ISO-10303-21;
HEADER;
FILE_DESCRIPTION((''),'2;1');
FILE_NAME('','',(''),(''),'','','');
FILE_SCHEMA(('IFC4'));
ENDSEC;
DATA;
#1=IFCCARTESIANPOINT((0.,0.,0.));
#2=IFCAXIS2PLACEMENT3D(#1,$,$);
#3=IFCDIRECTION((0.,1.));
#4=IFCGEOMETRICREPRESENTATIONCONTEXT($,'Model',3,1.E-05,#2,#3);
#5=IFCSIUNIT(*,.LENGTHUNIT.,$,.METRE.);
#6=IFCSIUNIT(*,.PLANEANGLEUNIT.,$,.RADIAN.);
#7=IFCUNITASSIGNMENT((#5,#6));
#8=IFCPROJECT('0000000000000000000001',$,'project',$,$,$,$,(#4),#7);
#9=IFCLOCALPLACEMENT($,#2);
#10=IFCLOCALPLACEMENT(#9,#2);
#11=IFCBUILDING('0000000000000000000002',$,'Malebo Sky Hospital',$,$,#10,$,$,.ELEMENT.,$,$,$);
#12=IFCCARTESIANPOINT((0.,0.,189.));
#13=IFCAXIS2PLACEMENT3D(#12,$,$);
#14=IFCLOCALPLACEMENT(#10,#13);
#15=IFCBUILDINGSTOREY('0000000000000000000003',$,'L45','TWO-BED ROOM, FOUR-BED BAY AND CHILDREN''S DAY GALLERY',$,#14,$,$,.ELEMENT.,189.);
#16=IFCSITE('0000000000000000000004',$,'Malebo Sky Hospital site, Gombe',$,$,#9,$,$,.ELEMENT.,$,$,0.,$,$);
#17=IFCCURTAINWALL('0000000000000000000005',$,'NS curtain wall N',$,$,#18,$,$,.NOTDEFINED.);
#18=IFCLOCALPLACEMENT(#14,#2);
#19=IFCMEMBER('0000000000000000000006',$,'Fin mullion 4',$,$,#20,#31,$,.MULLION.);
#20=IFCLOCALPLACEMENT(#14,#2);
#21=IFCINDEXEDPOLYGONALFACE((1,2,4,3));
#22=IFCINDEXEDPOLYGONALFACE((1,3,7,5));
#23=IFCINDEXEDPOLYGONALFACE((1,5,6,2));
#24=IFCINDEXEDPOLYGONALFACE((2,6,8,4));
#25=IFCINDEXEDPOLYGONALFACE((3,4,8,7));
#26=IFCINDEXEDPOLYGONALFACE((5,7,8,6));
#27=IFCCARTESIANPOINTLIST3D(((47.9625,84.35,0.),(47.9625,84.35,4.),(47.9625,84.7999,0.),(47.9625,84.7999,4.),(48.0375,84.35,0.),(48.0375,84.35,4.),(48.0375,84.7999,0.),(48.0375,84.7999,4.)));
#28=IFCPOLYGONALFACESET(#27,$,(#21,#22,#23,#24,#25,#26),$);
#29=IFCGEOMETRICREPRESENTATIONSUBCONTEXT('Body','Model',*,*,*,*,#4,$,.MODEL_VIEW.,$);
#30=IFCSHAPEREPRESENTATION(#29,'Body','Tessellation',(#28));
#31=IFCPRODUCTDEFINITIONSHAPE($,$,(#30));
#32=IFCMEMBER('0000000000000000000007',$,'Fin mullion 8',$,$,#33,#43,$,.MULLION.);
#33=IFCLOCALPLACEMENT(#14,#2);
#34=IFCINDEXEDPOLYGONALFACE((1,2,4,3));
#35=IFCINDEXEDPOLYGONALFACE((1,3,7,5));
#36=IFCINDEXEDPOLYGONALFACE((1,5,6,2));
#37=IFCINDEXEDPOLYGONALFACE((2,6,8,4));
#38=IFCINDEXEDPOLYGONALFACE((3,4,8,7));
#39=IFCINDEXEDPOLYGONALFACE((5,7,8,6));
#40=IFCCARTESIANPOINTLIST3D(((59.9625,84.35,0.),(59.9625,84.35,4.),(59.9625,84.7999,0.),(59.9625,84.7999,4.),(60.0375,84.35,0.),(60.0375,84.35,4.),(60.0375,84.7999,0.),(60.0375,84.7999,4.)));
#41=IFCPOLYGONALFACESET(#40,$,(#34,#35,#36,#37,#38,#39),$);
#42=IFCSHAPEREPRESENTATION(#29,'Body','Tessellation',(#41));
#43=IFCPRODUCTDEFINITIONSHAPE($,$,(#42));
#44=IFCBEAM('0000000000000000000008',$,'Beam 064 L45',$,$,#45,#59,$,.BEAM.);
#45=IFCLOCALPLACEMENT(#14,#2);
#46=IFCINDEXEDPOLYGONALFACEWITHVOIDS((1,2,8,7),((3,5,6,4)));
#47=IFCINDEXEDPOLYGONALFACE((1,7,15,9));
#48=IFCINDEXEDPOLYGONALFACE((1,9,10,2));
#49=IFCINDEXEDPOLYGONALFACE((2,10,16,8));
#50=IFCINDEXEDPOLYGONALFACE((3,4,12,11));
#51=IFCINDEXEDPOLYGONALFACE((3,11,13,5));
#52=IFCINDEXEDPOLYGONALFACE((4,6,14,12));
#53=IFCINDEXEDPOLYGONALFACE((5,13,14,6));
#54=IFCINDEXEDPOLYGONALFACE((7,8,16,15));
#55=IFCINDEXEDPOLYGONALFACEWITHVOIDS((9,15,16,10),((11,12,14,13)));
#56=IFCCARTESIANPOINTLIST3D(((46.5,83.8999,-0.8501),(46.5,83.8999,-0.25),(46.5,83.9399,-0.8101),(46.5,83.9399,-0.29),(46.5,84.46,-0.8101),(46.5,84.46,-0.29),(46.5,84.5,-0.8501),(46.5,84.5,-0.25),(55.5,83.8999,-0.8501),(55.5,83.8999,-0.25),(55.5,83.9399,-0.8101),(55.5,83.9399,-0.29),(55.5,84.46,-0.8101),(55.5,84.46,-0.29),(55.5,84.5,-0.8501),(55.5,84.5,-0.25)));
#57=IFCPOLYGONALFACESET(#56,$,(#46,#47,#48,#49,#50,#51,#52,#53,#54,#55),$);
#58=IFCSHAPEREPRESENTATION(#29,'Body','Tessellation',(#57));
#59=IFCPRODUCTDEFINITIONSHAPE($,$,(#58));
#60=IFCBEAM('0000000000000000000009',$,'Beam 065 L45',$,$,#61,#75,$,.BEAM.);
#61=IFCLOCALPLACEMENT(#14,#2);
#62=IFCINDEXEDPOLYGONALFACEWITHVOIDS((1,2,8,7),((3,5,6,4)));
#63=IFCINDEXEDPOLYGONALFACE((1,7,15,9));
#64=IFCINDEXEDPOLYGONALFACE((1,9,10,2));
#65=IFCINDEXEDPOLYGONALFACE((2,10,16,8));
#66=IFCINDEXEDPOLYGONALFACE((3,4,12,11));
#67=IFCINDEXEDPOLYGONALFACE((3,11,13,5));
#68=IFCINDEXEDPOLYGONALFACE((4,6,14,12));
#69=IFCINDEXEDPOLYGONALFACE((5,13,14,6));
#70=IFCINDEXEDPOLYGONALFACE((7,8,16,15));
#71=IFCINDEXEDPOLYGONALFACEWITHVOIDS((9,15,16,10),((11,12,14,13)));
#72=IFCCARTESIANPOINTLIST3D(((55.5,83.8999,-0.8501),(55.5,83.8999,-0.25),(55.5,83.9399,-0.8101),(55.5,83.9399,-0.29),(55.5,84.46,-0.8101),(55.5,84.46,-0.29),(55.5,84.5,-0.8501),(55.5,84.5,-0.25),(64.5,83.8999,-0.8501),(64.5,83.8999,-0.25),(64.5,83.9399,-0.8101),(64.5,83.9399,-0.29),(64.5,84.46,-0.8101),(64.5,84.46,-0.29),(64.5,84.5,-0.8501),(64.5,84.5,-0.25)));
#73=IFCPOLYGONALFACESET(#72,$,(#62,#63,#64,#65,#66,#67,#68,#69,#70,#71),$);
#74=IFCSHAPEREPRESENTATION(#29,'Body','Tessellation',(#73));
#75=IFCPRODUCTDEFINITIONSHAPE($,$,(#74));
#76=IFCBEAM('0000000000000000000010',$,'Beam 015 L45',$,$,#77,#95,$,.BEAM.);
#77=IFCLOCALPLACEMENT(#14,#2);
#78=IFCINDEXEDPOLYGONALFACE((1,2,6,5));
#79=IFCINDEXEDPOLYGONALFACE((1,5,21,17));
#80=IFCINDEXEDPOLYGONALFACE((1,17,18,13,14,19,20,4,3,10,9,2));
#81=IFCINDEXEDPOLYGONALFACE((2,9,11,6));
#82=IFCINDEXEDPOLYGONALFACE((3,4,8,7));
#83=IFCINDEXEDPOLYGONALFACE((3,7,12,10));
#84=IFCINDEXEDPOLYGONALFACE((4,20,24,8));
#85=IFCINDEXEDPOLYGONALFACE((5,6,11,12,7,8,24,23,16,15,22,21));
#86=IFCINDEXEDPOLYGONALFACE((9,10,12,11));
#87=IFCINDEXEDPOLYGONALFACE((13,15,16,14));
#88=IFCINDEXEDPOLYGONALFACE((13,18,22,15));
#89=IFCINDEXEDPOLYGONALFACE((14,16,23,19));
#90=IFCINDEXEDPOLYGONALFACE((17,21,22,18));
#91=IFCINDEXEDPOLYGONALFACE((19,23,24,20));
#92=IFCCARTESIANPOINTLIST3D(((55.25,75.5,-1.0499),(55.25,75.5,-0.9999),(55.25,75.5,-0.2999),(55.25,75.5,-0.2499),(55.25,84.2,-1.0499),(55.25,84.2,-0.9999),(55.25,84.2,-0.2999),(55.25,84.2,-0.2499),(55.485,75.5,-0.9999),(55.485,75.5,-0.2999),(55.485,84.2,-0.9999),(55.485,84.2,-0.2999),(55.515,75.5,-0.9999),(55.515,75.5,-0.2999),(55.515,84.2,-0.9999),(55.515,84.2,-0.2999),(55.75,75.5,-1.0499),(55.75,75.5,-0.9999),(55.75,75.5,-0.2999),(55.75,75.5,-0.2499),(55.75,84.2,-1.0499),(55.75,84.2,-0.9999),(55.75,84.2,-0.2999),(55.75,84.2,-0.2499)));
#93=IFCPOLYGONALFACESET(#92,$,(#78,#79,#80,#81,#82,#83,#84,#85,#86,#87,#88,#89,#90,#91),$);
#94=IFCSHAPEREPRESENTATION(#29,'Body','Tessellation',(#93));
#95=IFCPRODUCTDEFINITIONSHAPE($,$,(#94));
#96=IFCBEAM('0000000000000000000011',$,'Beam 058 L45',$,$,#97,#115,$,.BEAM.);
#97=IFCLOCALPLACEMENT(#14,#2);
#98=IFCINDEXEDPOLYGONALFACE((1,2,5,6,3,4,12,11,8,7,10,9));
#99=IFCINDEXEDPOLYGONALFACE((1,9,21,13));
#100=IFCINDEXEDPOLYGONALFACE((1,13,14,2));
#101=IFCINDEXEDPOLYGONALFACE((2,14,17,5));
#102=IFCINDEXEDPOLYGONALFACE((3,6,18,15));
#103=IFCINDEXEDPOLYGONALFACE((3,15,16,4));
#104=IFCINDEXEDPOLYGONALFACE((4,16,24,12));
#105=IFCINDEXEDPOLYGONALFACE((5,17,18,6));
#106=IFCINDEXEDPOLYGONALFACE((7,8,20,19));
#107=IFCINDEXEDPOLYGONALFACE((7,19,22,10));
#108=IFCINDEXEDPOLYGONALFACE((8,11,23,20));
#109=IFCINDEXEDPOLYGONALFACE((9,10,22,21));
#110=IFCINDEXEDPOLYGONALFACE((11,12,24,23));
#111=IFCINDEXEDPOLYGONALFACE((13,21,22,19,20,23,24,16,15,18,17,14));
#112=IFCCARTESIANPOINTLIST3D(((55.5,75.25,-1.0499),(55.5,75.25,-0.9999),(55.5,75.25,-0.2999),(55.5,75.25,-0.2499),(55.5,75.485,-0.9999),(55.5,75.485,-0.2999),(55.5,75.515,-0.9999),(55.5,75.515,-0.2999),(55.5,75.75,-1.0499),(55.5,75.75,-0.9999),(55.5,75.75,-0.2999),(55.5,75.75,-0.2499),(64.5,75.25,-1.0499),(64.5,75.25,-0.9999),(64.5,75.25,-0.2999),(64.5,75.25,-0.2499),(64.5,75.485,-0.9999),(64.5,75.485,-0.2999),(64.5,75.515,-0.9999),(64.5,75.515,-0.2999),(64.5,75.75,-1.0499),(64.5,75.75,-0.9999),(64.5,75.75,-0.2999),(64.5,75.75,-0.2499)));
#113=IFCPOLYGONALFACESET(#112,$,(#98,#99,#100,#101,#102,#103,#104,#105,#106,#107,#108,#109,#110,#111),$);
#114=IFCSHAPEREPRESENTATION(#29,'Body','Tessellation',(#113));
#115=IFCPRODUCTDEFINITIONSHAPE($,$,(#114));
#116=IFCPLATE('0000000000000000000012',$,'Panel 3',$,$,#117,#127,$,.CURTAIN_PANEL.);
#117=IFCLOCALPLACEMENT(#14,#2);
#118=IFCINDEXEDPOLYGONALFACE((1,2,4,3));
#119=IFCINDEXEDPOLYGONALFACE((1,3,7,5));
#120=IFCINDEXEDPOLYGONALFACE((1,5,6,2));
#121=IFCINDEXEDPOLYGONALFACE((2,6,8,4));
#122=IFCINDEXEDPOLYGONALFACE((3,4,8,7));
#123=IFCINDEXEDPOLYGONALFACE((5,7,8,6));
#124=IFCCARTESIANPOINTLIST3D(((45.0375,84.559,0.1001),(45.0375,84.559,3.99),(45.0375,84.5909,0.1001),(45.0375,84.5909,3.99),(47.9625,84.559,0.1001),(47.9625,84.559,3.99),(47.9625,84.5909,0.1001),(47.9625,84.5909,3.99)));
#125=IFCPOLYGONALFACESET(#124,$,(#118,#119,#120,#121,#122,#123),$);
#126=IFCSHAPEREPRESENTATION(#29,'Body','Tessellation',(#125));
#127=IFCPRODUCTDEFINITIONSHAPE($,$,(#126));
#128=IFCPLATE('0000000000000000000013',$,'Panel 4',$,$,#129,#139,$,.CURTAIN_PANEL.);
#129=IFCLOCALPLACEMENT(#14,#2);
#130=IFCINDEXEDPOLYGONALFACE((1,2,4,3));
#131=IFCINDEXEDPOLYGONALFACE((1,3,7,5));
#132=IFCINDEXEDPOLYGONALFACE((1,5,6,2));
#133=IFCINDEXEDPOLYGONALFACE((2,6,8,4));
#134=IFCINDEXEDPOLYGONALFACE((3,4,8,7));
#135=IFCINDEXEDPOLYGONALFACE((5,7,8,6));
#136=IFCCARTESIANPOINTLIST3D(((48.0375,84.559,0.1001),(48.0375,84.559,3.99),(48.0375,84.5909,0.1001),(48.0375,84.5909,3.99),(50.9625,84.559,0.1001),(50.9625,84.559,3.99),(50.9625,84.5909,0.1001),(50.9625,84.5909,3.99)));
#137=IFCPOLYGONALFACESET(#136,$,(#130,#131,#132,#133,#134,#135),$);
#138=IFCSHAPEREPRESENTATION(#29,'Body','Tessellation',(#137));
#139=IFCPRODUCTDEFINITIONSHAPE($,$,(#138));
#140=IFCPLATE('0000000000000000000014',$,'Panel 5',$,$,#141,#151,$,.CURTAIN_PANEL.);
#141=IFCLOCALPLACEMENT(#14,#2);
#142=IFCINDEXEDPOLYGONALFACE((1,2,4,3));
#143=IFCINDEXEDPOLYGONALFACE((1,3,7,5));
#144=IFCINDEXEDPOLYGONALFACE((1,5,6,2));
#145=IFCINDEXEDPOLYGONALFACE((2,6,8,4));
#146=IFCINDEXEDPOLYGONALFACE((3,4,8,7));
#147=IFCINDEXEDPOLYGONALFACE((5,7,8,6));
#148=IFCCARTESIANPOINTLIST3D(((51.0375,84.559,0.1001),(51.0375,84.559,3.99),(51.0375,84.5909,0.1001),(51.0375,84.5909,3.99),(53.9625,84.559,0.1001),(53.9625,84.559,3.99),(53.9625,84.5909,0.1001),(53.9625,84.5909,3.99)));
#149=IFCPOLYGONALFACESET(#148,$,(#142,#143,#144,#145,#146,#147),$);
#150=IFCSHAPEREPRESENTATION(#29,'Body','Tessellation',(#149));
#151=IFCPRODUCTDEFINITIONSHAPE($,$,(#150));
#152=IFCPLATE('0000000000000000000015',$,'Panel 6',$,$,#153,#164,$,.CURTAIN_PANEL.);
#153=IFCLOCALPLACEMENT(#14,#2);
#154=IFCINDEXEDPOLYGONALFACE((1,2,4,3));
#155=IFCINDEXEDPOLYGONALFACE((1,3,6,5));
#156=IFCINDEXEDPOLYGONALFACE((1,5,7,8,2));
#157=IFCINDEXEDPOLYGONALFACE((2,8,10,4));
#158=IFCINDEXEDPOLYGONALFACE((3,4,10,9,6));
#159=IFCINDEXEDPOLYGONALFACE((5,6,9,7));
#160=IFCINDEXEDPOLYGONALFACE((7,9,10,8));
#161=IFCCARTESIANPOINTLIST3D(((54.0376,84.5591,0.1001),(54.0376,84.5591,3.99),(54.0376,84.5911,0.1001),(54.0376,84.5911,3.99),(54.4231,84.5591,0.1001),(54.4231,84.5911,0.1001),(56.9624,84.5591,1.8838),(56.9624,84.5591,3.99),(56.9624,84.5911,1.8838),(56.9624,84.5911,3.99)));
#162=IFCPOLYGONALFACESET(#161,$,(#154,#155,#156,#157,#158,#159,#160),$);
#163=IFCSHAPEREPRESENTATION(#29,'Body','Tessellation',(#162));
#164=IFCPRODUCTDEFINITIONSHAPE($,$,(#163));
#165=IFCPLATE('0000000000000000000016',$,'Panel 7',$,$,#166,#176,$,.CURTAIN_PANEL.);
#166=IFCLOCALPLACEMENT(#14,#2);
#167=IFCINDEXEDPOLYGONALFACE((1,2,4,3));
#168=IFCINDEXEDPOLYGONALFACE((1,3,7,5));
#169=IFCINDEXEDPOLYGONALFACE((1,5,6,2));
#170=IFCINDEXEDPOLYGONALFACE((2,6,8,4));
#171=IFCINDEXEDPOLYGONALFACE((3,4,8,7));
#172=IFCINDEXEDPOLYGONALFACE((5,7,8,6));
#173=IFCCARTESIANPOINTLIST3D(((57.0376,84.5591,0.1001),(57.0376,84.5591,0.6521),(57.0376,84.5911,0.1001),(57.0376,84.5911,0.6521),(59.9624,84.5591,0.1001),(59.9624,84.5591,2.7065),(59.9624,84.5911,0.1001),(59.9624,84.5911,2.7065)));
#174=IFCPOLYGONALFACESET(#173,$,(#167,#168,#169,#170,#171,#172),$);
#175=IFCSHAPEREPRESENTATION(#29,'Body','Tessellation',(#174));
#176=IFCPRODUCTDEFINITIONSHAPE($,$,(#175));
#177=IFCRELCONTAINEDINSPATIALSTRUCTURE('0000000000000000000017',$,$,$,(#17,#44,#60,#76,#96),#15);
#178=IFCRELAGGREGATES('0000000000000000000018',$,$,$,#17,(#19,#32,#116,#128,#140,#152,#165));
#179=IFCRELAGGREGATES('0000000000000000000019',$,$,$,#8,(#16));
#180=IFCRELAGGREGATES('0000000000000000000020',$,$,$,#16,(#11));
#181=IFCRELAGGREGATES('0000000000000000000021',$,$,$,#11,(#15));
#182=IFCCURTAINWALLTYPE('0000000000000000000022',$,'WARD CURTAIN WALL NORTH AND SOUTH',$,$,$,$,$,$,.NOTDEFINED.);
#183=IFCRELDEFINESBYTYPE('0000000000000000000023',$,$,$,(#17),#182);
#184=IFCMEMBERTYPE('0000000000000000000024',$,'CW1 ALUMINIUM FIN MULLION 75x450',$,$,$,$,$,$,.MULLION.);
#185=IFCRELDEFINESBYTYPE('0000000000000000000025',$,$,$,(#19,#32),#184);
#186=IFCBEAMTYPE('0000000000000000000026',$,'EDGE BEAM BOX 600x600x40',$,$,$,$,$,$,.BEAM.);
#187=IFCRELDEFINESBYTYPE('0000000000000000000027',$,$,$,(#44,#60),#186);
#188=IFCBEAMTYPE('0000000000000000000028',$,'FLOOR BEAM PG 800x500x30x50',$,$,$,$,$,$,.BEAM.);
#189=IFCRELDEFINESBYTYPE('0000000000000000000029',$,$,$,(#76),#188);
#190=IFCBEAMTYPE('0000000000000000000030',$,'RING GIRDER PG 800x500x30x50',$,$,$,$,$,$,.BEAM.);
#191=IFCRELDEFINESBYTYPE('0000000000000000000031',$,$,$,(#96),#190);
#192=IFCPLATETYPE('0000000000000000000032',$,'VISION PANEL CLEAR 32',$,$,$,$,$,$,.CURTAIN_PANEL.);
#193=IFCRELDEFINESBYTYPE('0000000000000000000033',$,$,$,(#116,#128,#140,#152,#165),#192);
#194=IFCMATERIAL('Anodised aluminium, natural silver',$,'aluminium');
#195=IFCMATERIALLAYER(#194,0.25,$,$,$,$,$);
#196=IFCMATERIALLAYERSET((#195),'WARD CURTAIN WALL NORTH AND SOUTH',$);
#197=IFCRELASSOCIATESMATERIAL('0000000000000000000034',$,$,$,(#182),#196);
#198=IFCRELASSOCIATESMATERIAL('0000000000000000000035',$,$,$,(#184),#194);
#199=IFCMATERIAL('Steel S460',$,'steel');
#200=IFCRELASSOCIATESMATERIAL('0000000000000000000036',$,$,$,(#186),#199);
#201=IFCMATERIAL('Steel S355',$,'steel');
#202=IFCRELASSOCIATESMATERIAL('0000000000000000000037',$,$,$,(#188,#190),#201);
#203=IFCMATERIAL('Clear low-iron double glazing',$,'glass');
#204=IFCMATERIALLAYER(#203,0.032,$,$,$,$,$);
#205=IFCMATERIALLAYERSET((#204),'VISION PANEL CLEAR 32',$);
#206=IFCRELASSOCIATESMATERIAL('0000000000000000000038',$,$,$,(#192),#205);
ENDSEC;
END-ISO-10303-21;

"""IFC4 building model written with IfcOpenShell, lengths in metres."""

from ifc_helpers import new_model, si_unit, direction, frame, origin, origin_2d, place, context, subcontext, project, spatial, polyline, rectangle, hollow_rectangle, i_section, outline, extrude, material, layer, layer_set, material_profile, profile_set, type_object, element, aggregate, save


model = new_model("IFC4")

# Units and contexts
model_context = context("Model", 3, precision=1e-05, world=origin(), true_north=direction((0.0, 1.0)))
body_context = subcontext(model_context, "Body", "Model", "MODEL_VIEW")
ifc_project = project(units=[si_unit("LENGTHUNIT", "METRE"), si_unit("PLANEANGLEUNIT", "RADIAN")], contexts=[model_context])

# Site, building, storey
site_placement = place(None, origin())
site = spatial("IfcSite", under=ifc_project, at=site_placement, Name="Malebo Sky Hospital site, Gombe", CompositionType="ELEMENT", RefElevation=0.0)
building_placement = place(site_placement, origin())
building = spatial("IfcBuilding", under=site, at=building_placement, Name="Malebo Sky Hospital", CompositionType="ELEMENT")
storey_placement = place(building_placement, frame((0.0, 0.0, 189.0)))
storey = spatial("IfcBuildingStorey", under=building, at=storey_placement, Name="L45", Description="TWO-BED ROOM, FOUR-BED BAY AND CHILDREN'S DAY GALLERY", CompositionType="ELEMENT", Elevation=189.0)

# Shared definitions
ifc_material_1 = material(Name="Steel S460", Category="steel")

# Curtain wall
ifc_material_2 = material(Name="Anodised aluminium, natural silver", Category="aluminium")
ifc_layer_1 = layer(ifc_material_2, 0.25)
ifc_layer_set_1 = layer_set([ifc_layer_1], Name="WARD CURTAIN WALL NORTH AND SOUTH")
curtain_wall_type = type_object("IfcCurtainWallType", Name="WARD CURTAIN WALL NORTH AND SOUTH", PredefinedType="NOTDEFINED", material=ifc_layer_set_1)
curtain_wall_placement = place(storey_placement, origin())
curtain_wall = element("IfcCurtainWall", 1, at=curtain_wall_placement, inside=storey, type_object=curtain_wall_type, Name="NS curtain wall N", PredefinedType="NOTDEFINED")

# Members
ifc_material_3 = material(Name="Steel S355", Category="steel")
ifc_material_profile_1 = material_profile(ifc_material_2, rectangle(XDim=0.075, YDim=0.45, at=origin_2d()), Name="CW1 ALUMINIUM FIN MULLION 75x450")
ifc_profile_set_1 = profile_set([ifc_material_profile_1], Name="Anodised aluminium, natural silver")
member_type_1 = type_object("IfcMemberType", Name="CW1 ALUMINIUM FIN MULLION 75x450", PredefinedType="MULLION", material=ifc_profile_set_1)
member_1_placement = place(storey_placement, frame((48.0, 84.575, 0.0), z_axis=(0.0, 0.0, 1.0), x_axis=(1.0, 0.0, 0.0)))
member_1 = element("IfcMember", 2, at=member_1_placement, type_object=member_type_1, Name="Fin mullion 4", PredefinedType="MULLION", context=body_context, shape_type="SweptSolid", body=[
    extrude(rectangle(XDim=0.075, YDim=0.45, at=origin_2d()), origin(), (0.0, 0.0, 1.0), 4.0),
])
member_2_placement = place(storey_placement, frame((60.0, 84.575, 0.0), z_axis=(0.0, 0.0, 1.0), x_axis=(1.0, 0.0, 0.0)))
member_2 = element("IfcMember", 3, at=member_2_placement, type_object=member_type_1, Name="Fin mullion 8", PredefinedType="MULLION", context=body_context, shape_type="SweptSolid", body=[
    extrude(rectangle(XDim=0.075, YDim=0.45, at=origin_2d()), origin(), (0.0, 0.0, 1.0), 4.0),
])

# Beams
ifc_material_profile_2 = material_profile(ifc_material_1, hollow_rectangle(XDim=0.6001, YDim=0.6001, WallThickness=0.04, at=origin_2d()), Name="BOX 600x600x40")
ifc_profile_set_2 = profile_set([ifc_material_profile_2], Name="Steel S460")
beam_type_1 = type_object("IfcBeamType", Name="EDGE BEAM BOX 600x600x40", PredefinedType="BEAM", material=ifc_profile_set_2)
for number, where, z_axis, x_axis, name in (
    (4, (46.5, 84.2, -0.55), (1.0, 0.0, 0.0), (0.0, 1.0, 0.0), "Beam 064 L45"),
    (5, (55.5, 84.2, -0.55), (1.0, 0.0, 0.0), (0.0, 1.0, 0.0), "Beam 065 L45"),
):
    element("IfcBeam", number, at=place(storey_placement, frame(where, z_axis=z_axis, x_axis=x_axis)), inside=storey, type_object=beam_type_1, Name=name, PredefinedType="BEAM", context=body_context, shape_type="SweptSolid", body=[
        extrude(hollow_rectangle(XDim=0.6001, YDim=0.6001, WallThickness=0.04, at=origin_2d()), origin(), (0.0, 0.0, 1.0), 9.0),
    ])
ifc_material_profile_3 = material_profile(ifc_material_3, i_section(OverallWidth=0.5, OverallDepth=0.8, WebThickness=0.03, FlangeThickness=0.05, at=origin_2d()), Name="PG 800x500x30x50")
ifc_profile_set_3 = profile_set([ifc_material_profile_3], Name="Steel S355")
beam_type_2 = type_object("IfcBeamType", Name="FLOOR BEAM PG 800x500x30x50", PredefinedType="BEAM", material=ifc_profile_set_3)
beam_1_placement = place(storey_placement, frame((55.5, 75.5, -0.6499), z_axis=(0.0, 1.0, 0.0), x_axis=(-1.0, 0.0, 0.0)))
element("IfcBeam", 6, at=beam_1_placement, inside=storey, type_object=beam_type_2, Name="Beam 015 L45", PredefinedType="BEAM", context=body_context, shape_type="SweptSolid", body=[
    extrude(i_section(OverallWidth=0.5, OverallDepth=0.8, WebThickness=0.03, FlangeThickness=0.05, at=origin_2d()), origin(), (0.0, 0.0, 1.0), 8.7),
])
ifc_material_profile_4 = material_profile(ifc_material_3, i_section(OverallWidth=0.5, OverallDepth=0.8, WebThickness=0.03, FlangeThickness=0.05, at=origin_2d()), Name="PG 800x500x30x50")
ifc_profile_set_4 = profile_set([ifc_material_profile_4], Name="Steel S355")
beam_type_3 = type_object("IfcBeamType", Name="RING GIRDER PG 800x500x30x50", PredefinedType="BEAM", material=ifc_profile_set_4)
beam_2_placement = place(storey_placement, frame((55.5, 75.5, -0.6499), z_axis=(1.0, 0.0, 0.0), x_axis=(0.0, 1.0, 0.0)))
element("IfcBeam", 7, at=beam_2_placement, inside=storey, type_object=beam_type_3, Name="Beam 058 L45", PredefinedType="BEAM", context=body_context, shape_type="SweptSolid", body=[
    extrude(i_section(OverallWidth=0.5, OverallDepth=0.8, WebThickness=0.03, FlangeThickness=0.05, at=origin_2d()), origin(), (0.0, 0.0, 1.0), 9.0),
])

# Plates
ifc_material_4 = material(Name="Clear low-iron double glazing", Category="glass")
ifc_layer_2 = layer(ifc_material_4, 0.032)
ifc_layer_set_2 = layer_set([ifc_layer_2], Name="VISION PANEL CLEAR 32")
plate_type = type_object("IfcPlateType", Name="VISION PANEL CLEAR 32", PredefinedType="CURTAIN_PANEL", material=ifc_layer_set_2)
plate_1_placement = place(storey_placement, frame((46.5, 84.575, 0.1001), z_axis=(0.0, 0.0, 1.0), x_axis=(1.0, 0.0, 0.0)))
plate_1 = element("IfcPlate", 8, at=plate_1_placement, type_object=plate_type, Name="Panel 3", PredefinedType="CURTAIN_PANEL", context=body_context, shape_type="SweptSolid", body=[
    extrude(rectangle(XDim=2.925, YDim=0.032, at=origin_2d()), origin(), (0.0, 0.0, 1.0), 3.8899),
])
plate_2_placement = place(storey_placement, frame((49.5, 84.575, 0.1001), z_axis=(0.0, 0.0, 1.0), x_axis=(1.0, 0.0, 0.0)))
plate_2 = element("IfcPlate", 9, at=plate_2_placement, type_object=plate_type, Name="Panel 4", PredefinedType="CURTAIN_PANEL", context=body_context, shape_type="SweptSolid", body=[
    extrude(rectangle(XDim=2.925, YDim=0.032, at=origin_2d()), origin(), (0.0, 0.0, 1.0), 3.8899),
])
plate_3_placement = place(storey_placement, frame((52.5, 84.575, 0.1001), z_axis=(0.0, 0.0, 1.0), x_axis=(1.0, 0.0, 0.0)))
plate_3 = element("IfcPlate", 10, at=plate_3_placement, type_object=plate_type, Name="Panel 5", PredefinedType="CURTAIN_PANEL", context=body_context, shape_type="SweptSolid", body=[
    extrude(rectangle(XDim=2.925, YDim=0.032, at=origin_2d()), origin(), (0.0, 0.0, 1.0), 3.8899),
])
plate_4_placement = place(storey_placement, frame((55.5, 84.575, 0.1001), z_axis=(0.0, 0.0, 1.0), x_axis=(1.0, 0.0, 0.0)))
plate_4 = element("IfcPlate", 11, at=plate_4_placement, type_object=plate_type, Name="Panel 6", PredefinedType="CURTAIN_PANEL", context=body_context, shape_type="SweptSolid", body=[
    extrude(outline(polyline([(-1.4624, 0.0), (-1.0769, 0.0), (1.4624, 1.7837), (1.4624, 3.8899), (-1.4624, 3.8899), (-1.4624, 0.0)])), frame((0.0, 0.0161, 0.0), z_axis=(0.0, -1.0, 0.0), x_axis=(1.0, 0.0, 0.0)), (0.0, 0.0, 1.0), 0.032),
])
plate_5_placement = place(storey_placement, frame((58.5, 84.575, 0.1001), z_axis=(0.0, 0.0, 1.0), x_axis=(1.0, 0.0, 0.0)))
plate_5 = element("IfcPlate", 12, at=plate_5_placement, type_object=plate_type, Name="Panel 7", PredefinedType="CURTAIN_PANEL", context=body_context, shape_type="SweptSolid", body=[
    extrude(outline(polyline([(-1.4624, 0.0), (1.4624, 0.0), (1.4624, 2.6064), (-1.4624, 0.552), (-1.4624, 0.0)])), frame((0.0, 0.0161, 0.0), z_axis=(0.0, -1.0, 0.0), x_axis=(1.0, 0.0, 0.0)), (0.0, 0.0, 1.0), 0.032),
])
aggregate(curtain_wall, [member_1, member_2, plate_1, plate_2, plate_3, plate_4, plate_5])

save(model, "model.ifc")
